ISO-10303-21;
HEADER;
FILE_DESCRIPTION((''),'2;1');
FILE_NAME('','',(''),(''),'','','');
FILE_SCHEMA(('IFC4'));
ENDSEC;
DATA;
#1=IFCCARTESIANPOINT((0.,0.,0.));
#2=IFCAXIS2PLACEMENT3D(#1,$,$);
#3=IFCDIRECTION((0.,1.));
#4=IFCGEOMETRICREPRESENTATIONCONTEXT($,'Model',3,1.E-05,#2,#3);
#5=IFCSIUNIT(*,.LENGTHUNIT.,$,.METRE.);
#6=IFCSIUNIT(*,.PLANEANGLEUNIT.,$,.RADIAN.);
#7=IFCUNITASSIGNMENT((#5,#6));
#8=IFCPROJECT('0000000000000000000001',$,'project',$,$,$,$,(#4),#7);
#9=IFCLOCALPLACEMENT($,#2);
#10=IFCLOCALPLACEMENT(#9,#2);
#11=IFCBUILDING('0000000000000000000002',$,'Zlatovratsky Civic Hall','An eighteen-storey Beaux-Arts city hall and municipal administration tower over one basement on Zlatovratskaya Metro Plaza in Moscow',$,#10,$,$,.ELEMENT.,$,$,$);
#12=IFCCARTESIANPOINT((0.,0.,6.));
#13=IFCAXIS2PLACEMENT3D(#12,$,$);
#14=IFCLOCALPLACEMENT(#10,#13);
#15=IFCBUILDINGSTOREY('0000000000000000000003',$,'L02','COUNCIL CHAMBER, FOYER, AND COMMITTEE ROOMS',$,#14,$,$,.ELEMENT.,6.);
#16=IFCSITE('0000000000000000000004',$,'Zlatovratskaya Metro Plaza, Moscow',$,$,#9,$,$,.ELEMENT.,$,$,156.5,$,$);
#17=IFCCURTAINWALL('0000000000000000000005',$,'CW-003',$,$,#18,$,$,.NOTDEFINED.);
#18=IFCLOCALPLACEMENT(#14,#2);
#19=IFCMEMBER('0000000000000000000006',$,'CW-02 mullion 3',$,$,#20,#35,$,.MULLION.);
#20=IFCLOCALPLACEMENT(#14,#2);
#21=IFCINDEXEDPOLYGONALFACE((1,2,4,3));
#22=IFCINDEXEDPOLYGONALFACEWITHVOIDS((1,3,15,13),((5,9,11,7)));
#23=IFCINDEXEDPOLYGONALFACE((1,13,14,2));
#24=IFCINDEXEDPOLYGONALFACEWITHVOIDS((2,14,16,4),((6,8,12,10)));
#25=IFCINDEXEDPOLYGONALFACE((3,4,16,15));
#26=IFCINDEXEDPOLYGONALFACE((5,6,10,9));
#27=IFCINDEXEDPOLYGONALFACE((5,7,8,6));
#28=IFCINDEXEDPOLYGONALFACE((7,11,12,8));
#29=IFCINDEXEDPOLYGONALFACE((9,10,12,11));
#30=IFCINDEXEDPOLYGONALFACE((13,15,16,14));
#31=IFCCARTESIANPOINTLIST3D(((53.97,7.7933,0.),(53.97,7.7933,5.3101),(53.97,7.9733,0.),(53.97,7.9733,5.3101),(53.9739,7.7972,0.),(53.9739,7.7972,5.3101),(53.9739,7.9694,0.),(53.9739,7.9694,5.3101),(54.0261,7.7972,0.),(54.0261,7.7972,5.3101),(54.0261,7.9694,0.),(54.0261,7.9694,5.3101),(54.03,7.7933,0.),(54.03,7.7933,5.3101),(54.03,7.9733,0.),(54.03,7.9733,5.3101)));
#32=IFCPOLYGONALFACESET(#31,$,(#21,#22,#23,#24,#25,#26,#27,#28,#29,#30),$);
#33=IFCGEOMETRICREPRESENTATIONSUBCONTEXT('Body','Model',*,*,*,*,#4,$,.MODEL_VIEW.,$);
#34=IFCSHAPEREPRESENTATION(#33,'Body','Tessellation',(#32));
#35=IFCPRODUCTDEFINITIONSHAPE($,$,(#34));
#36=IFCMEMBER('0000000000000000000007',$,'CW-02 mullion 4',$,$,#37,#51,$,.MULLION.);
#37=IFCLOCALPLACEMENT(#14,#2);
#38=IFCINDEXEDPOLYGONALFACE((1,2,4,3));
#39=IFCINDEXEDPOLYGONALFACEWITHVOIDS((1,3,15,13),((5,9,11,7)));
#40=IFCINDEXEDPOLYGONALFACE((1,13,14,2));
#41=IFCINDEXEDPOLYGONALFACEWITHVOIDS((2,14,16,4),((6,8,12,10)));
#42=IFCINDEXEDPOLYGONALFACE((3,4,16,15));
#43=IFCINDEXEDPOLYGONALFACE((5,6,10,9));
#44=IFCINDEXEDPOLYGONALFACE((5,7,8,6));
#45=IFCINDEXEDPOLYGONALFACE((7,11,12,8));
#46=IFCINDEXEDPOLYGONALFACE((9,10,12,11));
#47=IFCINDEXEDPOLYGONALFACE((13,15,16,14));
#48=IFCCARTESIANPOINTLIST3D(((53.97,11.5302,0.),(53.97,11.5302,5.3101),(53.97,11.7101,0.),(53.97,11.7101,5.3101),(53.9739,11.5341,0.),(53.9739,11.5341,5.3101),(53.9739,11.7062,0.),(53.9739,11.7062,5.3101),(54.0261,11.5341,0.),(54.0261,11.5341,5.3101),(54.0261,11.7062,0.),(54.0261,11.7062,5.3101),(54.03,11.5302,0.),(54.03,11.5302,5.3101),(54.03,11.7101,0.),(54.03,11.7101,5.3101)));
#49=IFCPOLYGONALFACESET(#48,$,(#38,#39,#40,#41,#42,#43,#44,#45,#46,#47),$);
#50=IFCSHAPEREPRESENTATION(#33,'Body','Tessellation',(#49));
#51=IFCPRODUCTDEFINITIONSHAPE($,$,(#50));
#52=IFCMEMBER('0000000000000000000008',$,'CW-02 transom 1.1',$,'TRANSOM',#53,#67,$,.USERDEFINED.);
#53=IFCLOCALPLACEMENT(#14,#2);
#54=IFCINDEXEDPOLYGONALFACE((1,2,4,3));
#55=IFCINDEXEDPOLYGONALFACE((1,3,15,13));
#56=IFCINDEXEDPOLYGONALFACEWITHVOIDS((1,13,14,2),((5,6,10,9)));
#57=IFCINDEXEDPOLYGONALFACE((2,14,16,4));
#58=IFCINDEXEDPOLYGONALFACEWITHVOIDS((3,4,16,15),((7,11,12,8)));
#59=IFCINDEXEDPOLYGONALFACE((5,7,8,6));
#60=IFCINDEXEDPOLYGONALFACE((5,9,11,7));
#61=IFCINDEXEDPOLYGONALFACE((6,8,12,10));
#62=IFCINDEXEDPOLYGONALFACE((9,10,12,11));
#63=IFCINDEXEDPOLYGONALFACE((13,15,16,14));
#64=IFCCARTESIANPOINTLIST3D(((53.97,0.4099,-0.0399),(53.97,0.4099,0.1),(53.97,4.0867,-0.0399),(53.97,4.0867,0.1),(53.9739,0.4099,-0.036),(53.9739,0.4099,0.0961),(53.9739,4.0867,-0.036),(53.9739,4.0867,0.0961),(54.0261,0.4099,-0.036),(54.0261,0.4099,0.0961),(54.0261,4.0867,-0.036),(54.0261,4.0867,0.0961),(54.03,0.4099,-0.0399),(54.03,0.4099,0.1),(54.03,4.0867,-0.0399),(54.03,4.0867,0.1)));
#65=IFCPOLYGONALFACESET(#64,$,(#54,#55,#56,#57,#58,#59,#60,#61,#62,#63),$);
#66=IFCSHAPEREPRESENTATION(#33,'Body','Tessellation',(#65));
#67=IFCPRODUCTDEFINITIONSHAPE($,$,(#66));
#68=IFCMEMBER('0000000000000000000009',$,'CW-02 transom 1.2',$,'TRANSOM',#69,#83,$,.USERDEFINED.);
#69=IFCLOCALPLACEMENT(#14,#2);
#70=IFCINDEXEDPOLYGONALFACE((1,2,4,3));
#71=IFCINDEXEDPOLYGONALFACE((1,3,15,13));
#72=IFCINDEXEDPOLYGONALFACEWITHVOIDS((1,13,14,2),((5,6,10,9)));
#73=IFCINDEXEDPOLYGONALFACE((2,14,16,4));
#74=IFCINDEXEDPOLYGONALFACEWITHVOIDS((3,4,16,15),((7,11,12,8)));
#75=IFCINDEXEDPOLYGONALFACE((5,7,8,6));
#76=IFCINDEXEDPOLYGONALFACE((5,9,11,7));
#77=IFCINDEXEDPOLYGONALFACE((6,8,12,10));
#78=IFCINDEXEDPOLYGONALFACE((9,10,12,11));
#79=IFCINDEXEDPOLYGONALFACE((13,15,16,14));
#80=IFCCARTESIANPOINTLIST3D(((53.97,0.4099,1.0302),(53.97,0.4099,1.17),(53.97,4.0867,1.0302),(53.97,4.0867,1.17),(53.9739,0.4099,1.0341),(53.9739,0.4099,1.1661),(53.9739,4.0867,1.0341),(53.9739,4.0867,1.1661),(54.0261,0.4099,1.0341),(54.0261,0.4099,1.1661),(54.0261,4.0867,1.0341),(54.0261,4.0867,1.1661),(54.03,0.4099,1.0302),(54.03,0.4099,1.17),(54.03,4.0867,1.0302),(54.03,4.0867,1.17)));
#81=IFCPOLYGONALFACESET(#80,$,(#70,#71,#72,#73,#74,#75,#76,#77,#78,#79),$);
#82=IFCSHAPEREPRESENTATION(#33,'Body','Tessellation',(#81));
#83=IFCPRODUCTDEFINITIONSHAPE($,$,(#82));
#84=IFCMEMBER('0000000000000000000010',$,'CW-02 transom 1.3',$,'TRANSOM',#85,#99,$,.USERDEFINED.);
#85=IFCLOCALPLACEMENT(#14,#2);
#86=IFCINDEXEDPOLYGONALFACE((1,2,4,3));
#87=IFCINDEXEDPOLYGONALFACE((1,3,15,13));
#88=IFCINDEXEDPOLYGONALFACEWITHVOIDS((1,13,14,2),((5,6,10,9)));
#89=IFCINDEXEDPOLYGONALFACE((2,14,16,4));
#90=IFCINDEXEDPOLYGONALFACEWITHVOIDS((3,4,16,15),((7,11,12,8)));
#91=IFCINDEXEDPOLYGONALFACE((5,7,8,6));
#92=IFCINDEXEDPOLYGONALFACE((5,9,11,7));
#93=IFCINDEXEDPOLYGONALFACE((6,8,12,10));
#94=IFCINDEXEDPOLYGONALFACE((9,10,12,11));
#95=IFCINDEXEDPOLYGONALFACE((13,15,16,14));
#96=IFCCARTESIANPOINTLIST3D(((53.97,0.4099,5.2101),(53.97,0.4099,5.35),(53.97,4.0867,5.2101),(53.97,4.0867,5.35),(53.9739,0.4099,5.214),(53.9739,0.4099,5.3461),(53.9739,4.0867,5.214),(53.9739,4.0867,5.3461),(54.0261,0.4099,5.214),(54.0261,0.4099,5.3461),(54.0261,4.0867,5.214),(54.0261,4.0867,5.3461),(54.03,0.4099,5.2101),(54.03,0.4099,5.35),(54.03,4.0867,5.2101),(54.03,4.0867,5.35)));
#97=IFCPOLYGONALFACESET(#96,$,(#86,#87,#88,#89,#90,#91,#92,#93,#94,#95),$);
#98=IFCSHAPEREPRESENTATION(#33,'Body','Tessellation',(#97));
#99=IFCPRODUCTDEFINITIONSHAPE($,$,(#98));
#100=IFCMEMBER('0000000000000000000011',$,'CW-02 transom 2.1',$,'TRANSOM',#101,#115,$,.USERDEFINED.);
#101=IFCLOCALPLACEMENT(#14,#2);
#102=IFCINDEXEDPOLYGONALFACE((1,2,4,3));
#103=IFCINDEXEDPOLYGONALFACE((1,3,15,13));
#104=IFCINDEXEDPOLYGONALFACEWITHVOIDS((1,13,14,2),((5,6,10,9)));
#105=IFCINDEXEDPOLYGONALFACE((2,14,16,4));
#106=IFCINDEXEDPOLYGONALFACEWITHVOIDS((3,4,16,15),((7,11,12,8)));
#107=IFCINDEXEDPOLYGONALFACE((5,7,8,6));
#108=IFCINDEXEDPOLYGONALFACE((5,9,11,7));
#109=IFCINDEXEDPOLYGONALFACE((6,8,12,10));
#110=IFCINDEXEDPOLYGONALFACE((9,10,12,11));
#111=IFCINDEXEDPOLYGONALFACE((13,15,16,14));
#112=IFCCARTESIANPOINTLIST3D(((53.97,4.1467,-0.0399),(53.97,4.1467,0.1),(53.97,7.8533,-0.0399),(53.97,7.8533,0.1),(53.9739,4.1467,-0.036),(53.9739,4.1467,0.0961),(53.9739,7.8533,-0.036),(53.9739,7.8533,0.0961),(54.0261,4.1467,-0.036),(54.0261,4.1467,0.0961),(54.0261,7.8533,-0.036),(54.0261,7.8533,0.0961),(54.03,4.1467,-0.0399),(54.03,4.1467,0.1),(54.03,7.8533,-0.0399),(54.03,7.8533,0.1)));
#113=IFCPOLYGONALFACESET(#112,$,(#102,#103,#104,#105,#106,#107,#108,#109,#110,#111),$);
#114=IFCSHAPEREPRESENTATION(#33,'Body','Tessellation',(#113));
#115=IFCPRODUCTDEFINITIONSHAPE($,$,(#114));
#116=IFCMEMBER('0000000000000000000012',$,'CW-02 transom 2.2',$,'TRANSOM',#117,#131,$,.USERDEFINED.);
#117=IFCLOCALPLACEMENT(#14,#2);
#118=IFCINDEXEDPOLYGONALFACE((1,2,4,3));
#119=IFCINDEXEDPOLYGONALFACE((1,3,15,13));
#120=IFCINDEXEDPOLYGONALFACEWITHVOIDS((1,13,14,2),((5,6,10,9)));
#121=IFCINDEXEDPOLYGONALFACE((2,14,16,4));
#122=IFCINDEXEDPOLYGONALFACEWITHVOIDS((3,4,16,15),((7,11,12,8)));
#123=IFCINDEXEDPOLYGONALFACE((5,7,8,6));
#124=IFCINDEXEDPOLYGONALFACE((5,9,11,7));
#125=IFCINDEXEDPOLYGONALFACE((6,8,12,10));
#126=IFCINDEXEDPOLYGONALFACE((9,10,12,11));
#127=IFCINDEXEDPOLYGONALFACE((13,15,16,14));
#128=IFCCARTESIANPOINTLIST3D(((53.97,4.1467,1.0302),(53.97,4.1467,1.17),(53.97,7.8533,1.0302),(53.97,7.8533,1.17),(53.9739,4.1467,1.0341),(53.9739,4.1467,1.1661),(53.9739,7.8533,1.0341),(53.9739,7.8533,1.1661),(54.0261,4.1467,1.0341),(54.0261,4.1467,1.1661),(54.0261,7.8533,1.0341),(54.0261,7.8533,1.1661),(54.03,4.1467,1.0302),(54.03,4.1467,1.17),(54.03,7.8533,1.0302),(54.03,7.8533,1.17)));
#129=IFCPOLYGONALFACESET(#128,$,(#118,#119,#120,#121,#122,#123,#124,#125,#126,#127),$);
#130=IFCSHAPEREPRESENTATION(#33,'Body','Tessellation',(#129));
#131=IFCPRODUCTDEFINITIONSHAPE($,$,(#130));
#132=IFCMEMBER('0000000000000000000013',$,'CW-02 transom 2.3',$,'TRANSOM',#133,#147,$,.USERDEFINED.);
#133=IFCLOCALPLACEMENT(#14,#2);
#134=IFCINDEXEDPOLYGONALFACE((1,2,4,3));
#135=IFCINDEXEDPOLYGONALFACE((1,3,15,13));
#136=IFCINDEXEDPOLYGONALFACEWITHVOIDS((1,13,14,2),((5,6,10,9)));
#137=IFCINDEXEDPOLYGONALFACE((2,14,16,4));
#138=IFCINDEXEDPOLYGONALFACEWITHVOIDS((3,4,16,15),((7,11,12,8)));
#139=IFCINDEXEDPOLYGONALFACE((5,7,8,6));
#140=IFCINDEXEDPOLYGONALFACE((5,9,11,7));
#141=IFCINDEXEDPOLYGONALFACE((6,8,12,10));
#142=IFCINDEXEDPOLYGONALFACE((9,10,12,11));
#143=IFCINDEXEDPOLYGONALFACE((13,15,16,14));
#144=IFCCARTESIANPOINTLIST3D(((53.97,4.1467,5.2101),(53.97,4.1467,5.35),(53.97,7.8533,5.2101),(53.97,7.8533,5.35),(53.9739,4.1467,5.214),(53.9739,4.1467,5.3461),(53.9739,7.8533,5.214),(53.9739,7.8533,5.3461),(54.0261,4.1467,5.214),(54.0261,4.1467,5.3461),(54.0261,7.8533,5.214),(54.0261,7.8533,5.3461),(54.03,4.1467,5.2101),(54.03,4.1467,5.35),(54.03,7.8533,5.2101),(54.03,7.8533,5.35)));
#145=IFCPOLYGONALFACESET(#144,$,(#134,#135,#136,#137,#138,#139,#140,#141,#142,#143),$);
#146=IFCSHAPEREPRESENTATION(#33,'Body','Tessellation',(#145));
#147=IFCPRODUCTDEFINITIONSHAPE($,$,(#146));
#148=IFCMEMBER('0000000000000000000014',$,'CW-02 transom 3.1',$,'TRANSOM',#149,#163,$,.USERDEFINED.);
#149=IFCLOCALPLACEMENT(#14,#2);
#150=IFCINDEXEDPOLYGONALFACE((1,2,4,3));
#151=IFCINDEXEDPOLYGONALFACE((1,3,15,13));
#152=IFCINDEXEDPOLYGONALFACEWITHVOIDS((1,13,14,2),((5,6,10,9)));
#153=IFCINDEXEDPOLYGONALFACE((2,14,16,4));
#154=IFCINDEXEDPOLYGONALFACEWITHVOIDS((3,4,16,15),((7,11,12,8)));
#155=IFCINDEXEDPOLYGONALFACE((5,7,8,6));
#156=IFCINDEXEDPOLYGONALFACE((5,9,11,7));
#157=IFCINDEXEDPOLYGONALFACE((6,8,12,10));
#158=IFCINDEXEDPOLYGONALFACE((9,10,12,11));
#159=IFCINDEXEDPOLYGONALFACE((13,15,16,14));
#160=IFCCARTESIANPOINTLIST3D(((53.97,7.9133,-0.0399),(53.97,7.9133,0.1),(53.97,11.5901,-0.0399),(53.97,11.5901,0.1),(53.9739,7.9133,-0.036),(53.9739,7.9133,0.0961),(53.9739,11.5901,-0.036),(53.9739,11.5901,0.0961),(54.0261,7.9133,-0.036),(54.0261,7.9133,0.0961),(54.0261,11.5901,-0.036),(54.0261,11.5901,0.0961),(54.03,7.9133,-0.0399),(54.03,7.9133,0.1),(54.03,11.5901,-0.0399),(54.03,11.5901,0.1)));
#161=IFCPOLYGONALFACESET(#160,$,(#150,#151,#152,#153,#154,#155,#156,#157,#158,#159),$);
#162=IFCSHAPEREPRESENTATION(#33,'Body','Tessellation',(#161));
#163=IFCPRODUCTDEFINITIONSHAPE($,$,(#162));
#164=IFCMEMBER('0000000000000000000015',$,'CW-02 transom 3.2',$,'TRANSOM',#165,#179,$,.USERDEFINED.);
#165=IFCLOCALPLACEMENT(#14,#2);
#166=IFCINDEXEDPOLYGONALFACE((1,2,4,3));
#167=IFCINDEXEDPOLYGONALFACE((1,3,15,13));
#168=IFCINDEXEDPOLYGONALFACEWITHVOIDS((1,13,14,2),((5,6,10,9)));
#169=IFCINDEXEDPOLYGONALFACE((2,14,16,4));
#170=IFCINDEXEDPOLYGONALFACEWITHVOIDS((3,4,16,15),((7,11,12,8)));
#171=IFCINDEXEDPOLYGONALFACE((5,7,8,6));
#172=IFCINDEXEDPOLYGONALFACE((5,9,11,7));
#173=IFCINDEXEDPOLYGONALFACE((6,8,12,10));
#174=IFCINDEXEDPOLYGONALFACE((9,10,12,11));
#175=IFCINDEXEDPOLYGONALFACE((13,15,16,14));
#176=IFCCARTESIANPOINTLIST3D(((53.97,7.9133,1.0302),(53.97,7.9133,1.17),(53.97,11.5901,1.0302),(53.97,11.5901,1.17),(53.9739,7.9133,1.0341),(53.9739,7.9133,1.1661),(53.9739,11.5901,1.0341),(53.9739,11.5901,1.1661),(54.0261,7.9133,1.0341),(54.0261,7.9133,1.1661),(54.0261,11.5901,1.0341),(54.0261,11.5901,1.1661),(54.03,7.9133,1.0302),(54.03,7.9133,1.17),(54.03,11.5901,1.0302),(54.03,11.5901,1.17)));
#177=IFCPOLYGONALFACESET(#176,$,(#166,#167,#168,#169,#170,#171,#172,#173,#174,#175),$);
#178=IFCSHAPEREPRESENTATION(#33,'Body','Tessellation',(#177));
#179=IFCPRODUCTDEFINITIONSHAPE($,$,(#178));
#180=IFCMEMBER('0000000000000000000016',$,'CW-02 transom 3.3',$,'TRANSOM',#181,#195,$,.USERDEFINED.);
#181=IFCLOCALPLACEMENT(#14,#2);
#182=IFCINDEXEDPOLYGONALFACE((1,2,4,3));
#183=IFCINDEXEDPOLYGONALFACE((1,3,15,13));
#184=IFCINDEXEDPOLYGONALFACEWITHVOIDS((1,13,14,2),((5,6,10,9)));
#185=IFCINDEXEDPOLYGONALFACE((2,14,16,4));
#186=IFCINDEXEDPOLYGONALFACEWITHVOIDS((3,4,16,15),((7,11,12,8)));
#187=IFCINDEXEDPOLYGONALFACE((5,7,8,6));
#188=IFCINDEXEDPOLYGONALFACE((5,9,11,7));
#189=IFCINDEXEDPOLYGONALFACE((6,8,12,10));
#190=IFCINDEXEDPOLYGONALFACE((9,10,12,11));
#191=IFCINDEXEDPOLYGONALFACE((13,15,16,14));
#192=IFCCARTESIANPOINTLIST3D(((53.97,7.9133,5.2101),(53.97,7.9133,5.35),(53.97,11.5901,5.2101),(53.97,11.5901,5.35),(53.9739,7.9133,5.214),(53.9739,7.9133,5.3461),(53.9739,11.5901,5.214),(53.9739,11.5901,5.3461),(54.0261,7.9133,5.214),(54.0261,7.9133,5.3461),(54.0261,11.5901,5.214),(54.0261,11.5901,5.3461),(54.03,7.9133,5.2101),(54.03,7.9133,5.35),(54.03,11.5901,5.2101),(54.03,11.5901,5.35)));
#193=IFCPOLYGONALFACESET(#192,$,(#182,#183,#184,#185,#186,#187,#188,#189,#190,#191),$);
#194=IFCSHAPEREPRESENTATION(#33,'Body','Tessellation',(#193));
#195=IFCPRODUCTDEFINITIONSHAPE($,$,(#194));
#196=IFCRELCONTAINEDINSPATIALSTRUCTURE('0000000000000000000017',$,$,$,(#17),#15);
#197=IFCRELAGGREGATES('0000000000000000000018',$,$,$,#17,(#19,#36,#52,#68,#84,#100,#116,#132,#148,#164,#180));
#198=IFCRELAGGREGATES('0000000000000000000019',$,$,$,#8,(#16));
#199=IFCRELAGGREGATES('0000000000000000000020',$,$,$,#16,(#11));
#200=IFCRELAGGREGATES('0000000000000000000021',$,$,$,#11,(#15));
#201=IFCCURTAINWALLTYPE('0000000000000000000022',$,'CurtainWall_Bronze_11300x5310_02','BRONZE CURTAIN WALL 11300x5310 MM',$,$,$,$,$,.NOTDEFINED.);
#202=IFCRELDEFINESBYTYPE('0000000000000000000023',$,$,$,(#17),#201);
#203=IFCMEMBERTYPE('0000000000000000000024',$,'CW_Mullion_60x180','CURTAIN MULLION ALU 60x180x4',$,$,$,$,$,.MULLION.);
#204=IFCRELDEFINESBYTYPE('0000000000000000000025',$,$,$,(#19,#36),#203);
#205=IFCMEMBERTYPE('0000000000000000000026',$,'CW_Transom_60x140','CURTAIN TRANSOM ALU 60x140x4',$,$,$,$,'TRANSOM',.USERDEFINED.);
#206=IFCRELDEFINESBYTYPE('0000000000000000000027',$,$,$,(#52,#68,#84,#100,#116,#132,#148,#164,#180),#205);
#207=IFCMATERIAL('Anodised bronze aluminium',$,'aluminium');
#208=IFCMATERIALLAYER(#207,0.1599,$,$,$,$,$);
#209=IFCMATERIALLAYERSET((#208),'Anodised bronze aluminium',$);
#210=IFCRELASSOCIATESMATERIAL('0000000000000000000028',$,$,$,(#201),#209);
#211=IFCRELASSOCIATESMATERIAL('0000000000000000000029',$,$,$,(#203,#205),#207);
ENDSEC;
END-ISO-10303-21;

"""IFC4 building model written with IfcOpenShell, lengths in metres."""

from ifc_helpers import new_model, si_unit, direction, frame, origin, origin_2d, place, context, subcontext, project, spatial, hollow_rectangle, extrude, material, layer, layer_set, material_profile, profile_set, type_object, element, aggregate, save


model = new_model("IFC4")

# Units and contexts
model_context = context("Model", 3, precision=1e-05, world=origin(), true_north=direction((0.0, 1.0)))
body_context = subcontext(model_context, "Body", "Model", "MODEL_VIEW")
ifc_project = project(units=[si_unit("LENGTHUNIT", "METRE"), si_unit("PLANEANGLEUNIT", "RADIAN")], contexts=[model_context])

# Site, building, storey
site_placement = place(None, origin())
site = spatial("IfcSite", under=ifc_project, at=site_placement, Name="Zlatovratskaya Metro Plaza, Moscow", CompositionType="ELEMENT", RefElevation=156.5)
building_placement = place(site_placement, origin())
building = spatial("IfcBuilding", under=site, at=building_placement, Name="Zlatovratsky Civic Hall", Description="An eighteen-storey Beaux-Arts city hall and municipal administration tower over one basement on Zlatovratskaya Metro Plaza in Moscow", CompositionType="ELEMENT")
storey_placement = place(building_placement, frame((0.0, 0.0, 6.0)))
storey = spatial("IfcBuildingStorey", under=building, at=storey_placement, Name="L02", Description="COUNCIL CHAMBER, FOYER, AND COMMITTEE ROOMS", CompositionType="ELEMENT", Elevation=6.0)

# Curtain wall, members
ifc_material_1 = material(Name="Anodised bronze aluminium", Category="aluminium")
ifc_layer_1 = layer(ifc_material_1, 0.1599)
ifc_layer_set_1 = layer_set([ifc_layer_1], Name="Anodised bronze aluminium")
curtain_wall_type = type_object("IfcCurtainWallType", Name="CurtainWall_Bronze_11300x5310_02", Description="BRONZE CURTAIN WALL 11300x5310 MM", PredefinedType="NOTDEFINED", material=ifc_layer_set_1)
curtain_wall_placement = place(storey_placement, origin())
curtain_wall = element("IfcCurtainWall", 1, at=curtain_wall_placement, inside=storey, type_object=curtain_wall_type, Name="CW-003", PredefinedType="NOTDEFINED")
ifc_material_profile_1 = material_profile(ifc_material_1, hollow_rectangle(XDim=0.0601, YDim=0.1799, WallThickness=0.0039, at=origin_2d()), Name="ALU 60x180x4")
ifc_profile_set_1 = profile_set([ifc_material_profile_1], Name="Anodised bronze aluminium")
member_type_1 = type_object("IfcMemberType", Name="CW_Mullion_60x180", Description="CURTAIN MULLION ALU 60x180x4", PredefinedType="MULLION", material=ifc_profile_set_1)
member_1_placement = place(storey_placement, frame((54.0, 7.8833, 0.0), z_axis=(0.0, 0.0, 1.0), x_axis=(-1.0, 0.0, 0.0)))
member_1 = element("IfcMember", 2, at=member_1_placement, type_object=member_type_1, Name="CW-02 mullion 3", PredefinedType="MULLION", context=body_context, shape_type="SweptSolid", body=[
    extrude(hollow_rectangle(XDim=0.0601, YDim=0.1799, WallThickness=0.0039, at=origin_2d()), origin(), (0.0, 0.0, 1.0), 5.3101),
])
member_2_placement = place(storey_placement, frame((54.0, 11.6201, 0.0), z_axis=(0.0, 0.0, 1.0), x_axis=(-1.0, 0.0, 0.0)))
member_2 = element("IfcMember", 3, at=member_2_placement, type_object=member_type_1, Name="CW-02 mullion 4", PredefinedType="MULLION", context=body_context, shape_type="SweptSolid", body=[
    extrude(hollow_rectangle(XDim=0.0601, YDim=0.1799, WallThickness=0.0039, at=origin_2d()), origin(), (0.0, 0.0, 1.0), 5.3101),
])
ifc_material_profile_2 = material_profile(ifc_material_1, hollow_rectangle(XDim=0.0601, YDim=0.1399, WallThickness=0.0039, at=origin_2d()), Name="ALU 60x140x4")
ifc_profile_set_2 = profile_set([ifc_material_profile_2], Name="Anodised bronze aluminium")
member_type_2 = type_object("IfcMemberType", Name="CW_Transom_60x140", Description="CURTAIN TRANSOM ALU 60x140x4", ElementType="TRANSOM", PredefinedType="USERDEFINED", material=ifc_profile_set_2)
member_3_placement = place(storey_placement, frame((54.0, 0.4099, 0.03), z_axis=(0.0, 1.0, 0.0), x_axis=(-1.0, 0.0, 0.0)))
member_3 = element("IfcMember", 4, at=member_3_placement, type_object=member_type_2, Name="CW-02 transom 1.1", ObjectType="TRANSOM", PredefinedType="USERDEFINED", context=body_context, shape_type="SweptSolid", body=[
    extrude(hollow_rectangle(XDim=0.0601, YDim=0.1399, WallThickness=0.0039, at=origin_2d()), origin(), (0.0, 0.0, 1.0), 3.6768),
])
member_4_placement = place(storey_placement, frame((54.0, 0.4099, 1.1001), z_axis=(0.0, 1.0, 0.0), x_axis=(-1.0, 0.0, 0.0)))
member_4 = element("IfcMember", 5, at=member_4_placement, type_object=member_type_2, Name="CW-02 transom 1.2", ObjectType="TRANSOM", PredefinedType="USERDEFINED", context=body_context, shape_type="SweptSolid", body=[
    extrude(hollow_rectangle(XDim=0.0601, YDim=0.1399, WallThickness=0.0039, at=origin_2d()), origin(), (0.0, 0.0, 1.0), 3.6768),
])
member_5_placement = place(storey_placement, frame((54.0, 0.4099, 5.28), z_axis=(0.0, 1.0, 0.0), x_axis=(-1.0, 0.0, 0.0)))
member_5 = element("IfcMember", 6, at=member_5_placement, type_object=member_type_2, Name="CW-02 transom 1.3", ObjectType="TRANSOM", PredefinedType="USERDEFINED", context=body_context, shape_type="SweptSolid", body=[
    extrude(hollow_rectangle(XDim=0.0601, YDim=0.1399, WallThickness=0.0039, at=origin_2d()), origin(), (0.0, 0.0, 1.0), 3.6768),
])
member_6_placement = place(storey_placement, frame((54.0, 4.1467, 0.03), z_axis=(0.0, 1.0, 0.0), x_axis=(-1.0, 0.0, 0.0)))
member_6 = element("IfcMember", 7, at=member_6_placement, type_object=member_type_2, Name="CW-02 transom 2.1", ObjectType="TRANSOM", PredefinedType="USERDEFINED", context=body_context, shape_type="SweptSolid", body=[
    extrude(hollow_rectangle(XDim=0.0601, YDim=0.1399, WallThickness=0.0039, at=origin_2d()), origin(), (0.0, 0.0, 1.0), 3.7065),
])
member_7_placement = place(storey_placement, frame((54.0, 4.1467, 1.1001), z_axis=(0.0, 1.0, 0.0), x_axis=(-1.0, 0.0, 0.0)))
member_7 = element("IfcMember", 8, at=member_7_placement, type_object=member_type_2, Name="CW-02 transom 2.2", ObjectType="TRANSOM", PredefinedType="USERDEFINED", context=body_context, shape_type="SweptSolid", body=[
    extrude(hollow_rectangle(XDim=0.0601, YDim=0.1399, WallThickness=0.0039, at=origin_2d()), origin(), (0.0, 0.0, 1.0), 3.7065),
])
member_8_placement = place(storey_placement, frame((54.0, 4.1467, 5.28), z_axis=(0.0, 1.0, 0.0), x_axis=(-1.0, 0.0, 0.0)))
member_8 = element("IfcMember", 9, at=member_8_placement, type_object=member_type_2, Name="CW-02 transom 2.3", ObjectType="TRANSOM", PredefinedType="USERDEFINED", context=body_context, shape_type="SweptSolid", body=[
    extrude(hollow_rectangle(XDim=0.0601, YDim=0.1399, WallThickness=0.0039, at=origin_2d()), origin(), (0.0, 0.0, 1.0), 3.7065),
])
member_9_placement = place(storey_placement, frame((54.0, 7.9133, 0.03), z_axis=(0.0, 1.0, 0.0), x_axis=(-1.0, 0.0, 0.0)))
member_9 = element("IfcMember", 10, at=member_9_placement, type_object=member_type_2, Name="CW-02 transom 3.1", ObjectType="TRANSOM", PredefinedType="USERDEFINED", context=body_context, shape_type="SweptSolid", body=[
    extrude(hollow_rectangle(XDim=0.0601, YDim=0.1399, WallThickness=0.0039, at=origin_2d()), origin(), (0.0, 0.0, 1.0), 3.6768),
])
member_10_placement = place(storey_placement, frame((54.0, 7.9133, 1.1001), z_axis=(0.0, 1.0, 0.0), x_axis=(-1.0, 0.0, 0.0)))
member_10 = element("IfcMember", 11, at=member_10_placement, type_object=member_type_2, Name="CW-02 transom 3.2", ObjectType="TRANSOM", PredefinedType="USERDEFINED", context=body_context, shape_type="SweptSolid", body=[
    extrude(hollow_rectangle(XDim=0.0601, YDim=0.1399, WallThickness=0.0039, at=origin_2d()), origin(), (0.0, 0.0, 1.0), 3.6768),
])
member_11_placement = place(storey_placement, frame((54.0, 7.9133, 5.28), z_axis=(0.0, 1.0, 0.0), x_axis=(-1.0, 0.0, 0.0)))
member_11 = element("IfcMember", 12, at=member_11_placement, type_object=member_type_2, Name="CW-02 transom 3.3", ObjectType="TRANSOM", PredefinedType="USERDEFINED", context=body_context, shape_type="SweptSolid", body=[
    extrude(hollow_rectangle(XDim=0.0601, YDim=0.1399, WallThickness=0.0039, at=origin_2d()), origin(), (0.0, 0.0, 1.0), 3.6768),
])

aggregate(curtain_wall, [member_1, member_2, member_3, member_4, member_5, member_6, member_7, member_8, member_9, member_10, member_11])

save(model, "model.ifc")
